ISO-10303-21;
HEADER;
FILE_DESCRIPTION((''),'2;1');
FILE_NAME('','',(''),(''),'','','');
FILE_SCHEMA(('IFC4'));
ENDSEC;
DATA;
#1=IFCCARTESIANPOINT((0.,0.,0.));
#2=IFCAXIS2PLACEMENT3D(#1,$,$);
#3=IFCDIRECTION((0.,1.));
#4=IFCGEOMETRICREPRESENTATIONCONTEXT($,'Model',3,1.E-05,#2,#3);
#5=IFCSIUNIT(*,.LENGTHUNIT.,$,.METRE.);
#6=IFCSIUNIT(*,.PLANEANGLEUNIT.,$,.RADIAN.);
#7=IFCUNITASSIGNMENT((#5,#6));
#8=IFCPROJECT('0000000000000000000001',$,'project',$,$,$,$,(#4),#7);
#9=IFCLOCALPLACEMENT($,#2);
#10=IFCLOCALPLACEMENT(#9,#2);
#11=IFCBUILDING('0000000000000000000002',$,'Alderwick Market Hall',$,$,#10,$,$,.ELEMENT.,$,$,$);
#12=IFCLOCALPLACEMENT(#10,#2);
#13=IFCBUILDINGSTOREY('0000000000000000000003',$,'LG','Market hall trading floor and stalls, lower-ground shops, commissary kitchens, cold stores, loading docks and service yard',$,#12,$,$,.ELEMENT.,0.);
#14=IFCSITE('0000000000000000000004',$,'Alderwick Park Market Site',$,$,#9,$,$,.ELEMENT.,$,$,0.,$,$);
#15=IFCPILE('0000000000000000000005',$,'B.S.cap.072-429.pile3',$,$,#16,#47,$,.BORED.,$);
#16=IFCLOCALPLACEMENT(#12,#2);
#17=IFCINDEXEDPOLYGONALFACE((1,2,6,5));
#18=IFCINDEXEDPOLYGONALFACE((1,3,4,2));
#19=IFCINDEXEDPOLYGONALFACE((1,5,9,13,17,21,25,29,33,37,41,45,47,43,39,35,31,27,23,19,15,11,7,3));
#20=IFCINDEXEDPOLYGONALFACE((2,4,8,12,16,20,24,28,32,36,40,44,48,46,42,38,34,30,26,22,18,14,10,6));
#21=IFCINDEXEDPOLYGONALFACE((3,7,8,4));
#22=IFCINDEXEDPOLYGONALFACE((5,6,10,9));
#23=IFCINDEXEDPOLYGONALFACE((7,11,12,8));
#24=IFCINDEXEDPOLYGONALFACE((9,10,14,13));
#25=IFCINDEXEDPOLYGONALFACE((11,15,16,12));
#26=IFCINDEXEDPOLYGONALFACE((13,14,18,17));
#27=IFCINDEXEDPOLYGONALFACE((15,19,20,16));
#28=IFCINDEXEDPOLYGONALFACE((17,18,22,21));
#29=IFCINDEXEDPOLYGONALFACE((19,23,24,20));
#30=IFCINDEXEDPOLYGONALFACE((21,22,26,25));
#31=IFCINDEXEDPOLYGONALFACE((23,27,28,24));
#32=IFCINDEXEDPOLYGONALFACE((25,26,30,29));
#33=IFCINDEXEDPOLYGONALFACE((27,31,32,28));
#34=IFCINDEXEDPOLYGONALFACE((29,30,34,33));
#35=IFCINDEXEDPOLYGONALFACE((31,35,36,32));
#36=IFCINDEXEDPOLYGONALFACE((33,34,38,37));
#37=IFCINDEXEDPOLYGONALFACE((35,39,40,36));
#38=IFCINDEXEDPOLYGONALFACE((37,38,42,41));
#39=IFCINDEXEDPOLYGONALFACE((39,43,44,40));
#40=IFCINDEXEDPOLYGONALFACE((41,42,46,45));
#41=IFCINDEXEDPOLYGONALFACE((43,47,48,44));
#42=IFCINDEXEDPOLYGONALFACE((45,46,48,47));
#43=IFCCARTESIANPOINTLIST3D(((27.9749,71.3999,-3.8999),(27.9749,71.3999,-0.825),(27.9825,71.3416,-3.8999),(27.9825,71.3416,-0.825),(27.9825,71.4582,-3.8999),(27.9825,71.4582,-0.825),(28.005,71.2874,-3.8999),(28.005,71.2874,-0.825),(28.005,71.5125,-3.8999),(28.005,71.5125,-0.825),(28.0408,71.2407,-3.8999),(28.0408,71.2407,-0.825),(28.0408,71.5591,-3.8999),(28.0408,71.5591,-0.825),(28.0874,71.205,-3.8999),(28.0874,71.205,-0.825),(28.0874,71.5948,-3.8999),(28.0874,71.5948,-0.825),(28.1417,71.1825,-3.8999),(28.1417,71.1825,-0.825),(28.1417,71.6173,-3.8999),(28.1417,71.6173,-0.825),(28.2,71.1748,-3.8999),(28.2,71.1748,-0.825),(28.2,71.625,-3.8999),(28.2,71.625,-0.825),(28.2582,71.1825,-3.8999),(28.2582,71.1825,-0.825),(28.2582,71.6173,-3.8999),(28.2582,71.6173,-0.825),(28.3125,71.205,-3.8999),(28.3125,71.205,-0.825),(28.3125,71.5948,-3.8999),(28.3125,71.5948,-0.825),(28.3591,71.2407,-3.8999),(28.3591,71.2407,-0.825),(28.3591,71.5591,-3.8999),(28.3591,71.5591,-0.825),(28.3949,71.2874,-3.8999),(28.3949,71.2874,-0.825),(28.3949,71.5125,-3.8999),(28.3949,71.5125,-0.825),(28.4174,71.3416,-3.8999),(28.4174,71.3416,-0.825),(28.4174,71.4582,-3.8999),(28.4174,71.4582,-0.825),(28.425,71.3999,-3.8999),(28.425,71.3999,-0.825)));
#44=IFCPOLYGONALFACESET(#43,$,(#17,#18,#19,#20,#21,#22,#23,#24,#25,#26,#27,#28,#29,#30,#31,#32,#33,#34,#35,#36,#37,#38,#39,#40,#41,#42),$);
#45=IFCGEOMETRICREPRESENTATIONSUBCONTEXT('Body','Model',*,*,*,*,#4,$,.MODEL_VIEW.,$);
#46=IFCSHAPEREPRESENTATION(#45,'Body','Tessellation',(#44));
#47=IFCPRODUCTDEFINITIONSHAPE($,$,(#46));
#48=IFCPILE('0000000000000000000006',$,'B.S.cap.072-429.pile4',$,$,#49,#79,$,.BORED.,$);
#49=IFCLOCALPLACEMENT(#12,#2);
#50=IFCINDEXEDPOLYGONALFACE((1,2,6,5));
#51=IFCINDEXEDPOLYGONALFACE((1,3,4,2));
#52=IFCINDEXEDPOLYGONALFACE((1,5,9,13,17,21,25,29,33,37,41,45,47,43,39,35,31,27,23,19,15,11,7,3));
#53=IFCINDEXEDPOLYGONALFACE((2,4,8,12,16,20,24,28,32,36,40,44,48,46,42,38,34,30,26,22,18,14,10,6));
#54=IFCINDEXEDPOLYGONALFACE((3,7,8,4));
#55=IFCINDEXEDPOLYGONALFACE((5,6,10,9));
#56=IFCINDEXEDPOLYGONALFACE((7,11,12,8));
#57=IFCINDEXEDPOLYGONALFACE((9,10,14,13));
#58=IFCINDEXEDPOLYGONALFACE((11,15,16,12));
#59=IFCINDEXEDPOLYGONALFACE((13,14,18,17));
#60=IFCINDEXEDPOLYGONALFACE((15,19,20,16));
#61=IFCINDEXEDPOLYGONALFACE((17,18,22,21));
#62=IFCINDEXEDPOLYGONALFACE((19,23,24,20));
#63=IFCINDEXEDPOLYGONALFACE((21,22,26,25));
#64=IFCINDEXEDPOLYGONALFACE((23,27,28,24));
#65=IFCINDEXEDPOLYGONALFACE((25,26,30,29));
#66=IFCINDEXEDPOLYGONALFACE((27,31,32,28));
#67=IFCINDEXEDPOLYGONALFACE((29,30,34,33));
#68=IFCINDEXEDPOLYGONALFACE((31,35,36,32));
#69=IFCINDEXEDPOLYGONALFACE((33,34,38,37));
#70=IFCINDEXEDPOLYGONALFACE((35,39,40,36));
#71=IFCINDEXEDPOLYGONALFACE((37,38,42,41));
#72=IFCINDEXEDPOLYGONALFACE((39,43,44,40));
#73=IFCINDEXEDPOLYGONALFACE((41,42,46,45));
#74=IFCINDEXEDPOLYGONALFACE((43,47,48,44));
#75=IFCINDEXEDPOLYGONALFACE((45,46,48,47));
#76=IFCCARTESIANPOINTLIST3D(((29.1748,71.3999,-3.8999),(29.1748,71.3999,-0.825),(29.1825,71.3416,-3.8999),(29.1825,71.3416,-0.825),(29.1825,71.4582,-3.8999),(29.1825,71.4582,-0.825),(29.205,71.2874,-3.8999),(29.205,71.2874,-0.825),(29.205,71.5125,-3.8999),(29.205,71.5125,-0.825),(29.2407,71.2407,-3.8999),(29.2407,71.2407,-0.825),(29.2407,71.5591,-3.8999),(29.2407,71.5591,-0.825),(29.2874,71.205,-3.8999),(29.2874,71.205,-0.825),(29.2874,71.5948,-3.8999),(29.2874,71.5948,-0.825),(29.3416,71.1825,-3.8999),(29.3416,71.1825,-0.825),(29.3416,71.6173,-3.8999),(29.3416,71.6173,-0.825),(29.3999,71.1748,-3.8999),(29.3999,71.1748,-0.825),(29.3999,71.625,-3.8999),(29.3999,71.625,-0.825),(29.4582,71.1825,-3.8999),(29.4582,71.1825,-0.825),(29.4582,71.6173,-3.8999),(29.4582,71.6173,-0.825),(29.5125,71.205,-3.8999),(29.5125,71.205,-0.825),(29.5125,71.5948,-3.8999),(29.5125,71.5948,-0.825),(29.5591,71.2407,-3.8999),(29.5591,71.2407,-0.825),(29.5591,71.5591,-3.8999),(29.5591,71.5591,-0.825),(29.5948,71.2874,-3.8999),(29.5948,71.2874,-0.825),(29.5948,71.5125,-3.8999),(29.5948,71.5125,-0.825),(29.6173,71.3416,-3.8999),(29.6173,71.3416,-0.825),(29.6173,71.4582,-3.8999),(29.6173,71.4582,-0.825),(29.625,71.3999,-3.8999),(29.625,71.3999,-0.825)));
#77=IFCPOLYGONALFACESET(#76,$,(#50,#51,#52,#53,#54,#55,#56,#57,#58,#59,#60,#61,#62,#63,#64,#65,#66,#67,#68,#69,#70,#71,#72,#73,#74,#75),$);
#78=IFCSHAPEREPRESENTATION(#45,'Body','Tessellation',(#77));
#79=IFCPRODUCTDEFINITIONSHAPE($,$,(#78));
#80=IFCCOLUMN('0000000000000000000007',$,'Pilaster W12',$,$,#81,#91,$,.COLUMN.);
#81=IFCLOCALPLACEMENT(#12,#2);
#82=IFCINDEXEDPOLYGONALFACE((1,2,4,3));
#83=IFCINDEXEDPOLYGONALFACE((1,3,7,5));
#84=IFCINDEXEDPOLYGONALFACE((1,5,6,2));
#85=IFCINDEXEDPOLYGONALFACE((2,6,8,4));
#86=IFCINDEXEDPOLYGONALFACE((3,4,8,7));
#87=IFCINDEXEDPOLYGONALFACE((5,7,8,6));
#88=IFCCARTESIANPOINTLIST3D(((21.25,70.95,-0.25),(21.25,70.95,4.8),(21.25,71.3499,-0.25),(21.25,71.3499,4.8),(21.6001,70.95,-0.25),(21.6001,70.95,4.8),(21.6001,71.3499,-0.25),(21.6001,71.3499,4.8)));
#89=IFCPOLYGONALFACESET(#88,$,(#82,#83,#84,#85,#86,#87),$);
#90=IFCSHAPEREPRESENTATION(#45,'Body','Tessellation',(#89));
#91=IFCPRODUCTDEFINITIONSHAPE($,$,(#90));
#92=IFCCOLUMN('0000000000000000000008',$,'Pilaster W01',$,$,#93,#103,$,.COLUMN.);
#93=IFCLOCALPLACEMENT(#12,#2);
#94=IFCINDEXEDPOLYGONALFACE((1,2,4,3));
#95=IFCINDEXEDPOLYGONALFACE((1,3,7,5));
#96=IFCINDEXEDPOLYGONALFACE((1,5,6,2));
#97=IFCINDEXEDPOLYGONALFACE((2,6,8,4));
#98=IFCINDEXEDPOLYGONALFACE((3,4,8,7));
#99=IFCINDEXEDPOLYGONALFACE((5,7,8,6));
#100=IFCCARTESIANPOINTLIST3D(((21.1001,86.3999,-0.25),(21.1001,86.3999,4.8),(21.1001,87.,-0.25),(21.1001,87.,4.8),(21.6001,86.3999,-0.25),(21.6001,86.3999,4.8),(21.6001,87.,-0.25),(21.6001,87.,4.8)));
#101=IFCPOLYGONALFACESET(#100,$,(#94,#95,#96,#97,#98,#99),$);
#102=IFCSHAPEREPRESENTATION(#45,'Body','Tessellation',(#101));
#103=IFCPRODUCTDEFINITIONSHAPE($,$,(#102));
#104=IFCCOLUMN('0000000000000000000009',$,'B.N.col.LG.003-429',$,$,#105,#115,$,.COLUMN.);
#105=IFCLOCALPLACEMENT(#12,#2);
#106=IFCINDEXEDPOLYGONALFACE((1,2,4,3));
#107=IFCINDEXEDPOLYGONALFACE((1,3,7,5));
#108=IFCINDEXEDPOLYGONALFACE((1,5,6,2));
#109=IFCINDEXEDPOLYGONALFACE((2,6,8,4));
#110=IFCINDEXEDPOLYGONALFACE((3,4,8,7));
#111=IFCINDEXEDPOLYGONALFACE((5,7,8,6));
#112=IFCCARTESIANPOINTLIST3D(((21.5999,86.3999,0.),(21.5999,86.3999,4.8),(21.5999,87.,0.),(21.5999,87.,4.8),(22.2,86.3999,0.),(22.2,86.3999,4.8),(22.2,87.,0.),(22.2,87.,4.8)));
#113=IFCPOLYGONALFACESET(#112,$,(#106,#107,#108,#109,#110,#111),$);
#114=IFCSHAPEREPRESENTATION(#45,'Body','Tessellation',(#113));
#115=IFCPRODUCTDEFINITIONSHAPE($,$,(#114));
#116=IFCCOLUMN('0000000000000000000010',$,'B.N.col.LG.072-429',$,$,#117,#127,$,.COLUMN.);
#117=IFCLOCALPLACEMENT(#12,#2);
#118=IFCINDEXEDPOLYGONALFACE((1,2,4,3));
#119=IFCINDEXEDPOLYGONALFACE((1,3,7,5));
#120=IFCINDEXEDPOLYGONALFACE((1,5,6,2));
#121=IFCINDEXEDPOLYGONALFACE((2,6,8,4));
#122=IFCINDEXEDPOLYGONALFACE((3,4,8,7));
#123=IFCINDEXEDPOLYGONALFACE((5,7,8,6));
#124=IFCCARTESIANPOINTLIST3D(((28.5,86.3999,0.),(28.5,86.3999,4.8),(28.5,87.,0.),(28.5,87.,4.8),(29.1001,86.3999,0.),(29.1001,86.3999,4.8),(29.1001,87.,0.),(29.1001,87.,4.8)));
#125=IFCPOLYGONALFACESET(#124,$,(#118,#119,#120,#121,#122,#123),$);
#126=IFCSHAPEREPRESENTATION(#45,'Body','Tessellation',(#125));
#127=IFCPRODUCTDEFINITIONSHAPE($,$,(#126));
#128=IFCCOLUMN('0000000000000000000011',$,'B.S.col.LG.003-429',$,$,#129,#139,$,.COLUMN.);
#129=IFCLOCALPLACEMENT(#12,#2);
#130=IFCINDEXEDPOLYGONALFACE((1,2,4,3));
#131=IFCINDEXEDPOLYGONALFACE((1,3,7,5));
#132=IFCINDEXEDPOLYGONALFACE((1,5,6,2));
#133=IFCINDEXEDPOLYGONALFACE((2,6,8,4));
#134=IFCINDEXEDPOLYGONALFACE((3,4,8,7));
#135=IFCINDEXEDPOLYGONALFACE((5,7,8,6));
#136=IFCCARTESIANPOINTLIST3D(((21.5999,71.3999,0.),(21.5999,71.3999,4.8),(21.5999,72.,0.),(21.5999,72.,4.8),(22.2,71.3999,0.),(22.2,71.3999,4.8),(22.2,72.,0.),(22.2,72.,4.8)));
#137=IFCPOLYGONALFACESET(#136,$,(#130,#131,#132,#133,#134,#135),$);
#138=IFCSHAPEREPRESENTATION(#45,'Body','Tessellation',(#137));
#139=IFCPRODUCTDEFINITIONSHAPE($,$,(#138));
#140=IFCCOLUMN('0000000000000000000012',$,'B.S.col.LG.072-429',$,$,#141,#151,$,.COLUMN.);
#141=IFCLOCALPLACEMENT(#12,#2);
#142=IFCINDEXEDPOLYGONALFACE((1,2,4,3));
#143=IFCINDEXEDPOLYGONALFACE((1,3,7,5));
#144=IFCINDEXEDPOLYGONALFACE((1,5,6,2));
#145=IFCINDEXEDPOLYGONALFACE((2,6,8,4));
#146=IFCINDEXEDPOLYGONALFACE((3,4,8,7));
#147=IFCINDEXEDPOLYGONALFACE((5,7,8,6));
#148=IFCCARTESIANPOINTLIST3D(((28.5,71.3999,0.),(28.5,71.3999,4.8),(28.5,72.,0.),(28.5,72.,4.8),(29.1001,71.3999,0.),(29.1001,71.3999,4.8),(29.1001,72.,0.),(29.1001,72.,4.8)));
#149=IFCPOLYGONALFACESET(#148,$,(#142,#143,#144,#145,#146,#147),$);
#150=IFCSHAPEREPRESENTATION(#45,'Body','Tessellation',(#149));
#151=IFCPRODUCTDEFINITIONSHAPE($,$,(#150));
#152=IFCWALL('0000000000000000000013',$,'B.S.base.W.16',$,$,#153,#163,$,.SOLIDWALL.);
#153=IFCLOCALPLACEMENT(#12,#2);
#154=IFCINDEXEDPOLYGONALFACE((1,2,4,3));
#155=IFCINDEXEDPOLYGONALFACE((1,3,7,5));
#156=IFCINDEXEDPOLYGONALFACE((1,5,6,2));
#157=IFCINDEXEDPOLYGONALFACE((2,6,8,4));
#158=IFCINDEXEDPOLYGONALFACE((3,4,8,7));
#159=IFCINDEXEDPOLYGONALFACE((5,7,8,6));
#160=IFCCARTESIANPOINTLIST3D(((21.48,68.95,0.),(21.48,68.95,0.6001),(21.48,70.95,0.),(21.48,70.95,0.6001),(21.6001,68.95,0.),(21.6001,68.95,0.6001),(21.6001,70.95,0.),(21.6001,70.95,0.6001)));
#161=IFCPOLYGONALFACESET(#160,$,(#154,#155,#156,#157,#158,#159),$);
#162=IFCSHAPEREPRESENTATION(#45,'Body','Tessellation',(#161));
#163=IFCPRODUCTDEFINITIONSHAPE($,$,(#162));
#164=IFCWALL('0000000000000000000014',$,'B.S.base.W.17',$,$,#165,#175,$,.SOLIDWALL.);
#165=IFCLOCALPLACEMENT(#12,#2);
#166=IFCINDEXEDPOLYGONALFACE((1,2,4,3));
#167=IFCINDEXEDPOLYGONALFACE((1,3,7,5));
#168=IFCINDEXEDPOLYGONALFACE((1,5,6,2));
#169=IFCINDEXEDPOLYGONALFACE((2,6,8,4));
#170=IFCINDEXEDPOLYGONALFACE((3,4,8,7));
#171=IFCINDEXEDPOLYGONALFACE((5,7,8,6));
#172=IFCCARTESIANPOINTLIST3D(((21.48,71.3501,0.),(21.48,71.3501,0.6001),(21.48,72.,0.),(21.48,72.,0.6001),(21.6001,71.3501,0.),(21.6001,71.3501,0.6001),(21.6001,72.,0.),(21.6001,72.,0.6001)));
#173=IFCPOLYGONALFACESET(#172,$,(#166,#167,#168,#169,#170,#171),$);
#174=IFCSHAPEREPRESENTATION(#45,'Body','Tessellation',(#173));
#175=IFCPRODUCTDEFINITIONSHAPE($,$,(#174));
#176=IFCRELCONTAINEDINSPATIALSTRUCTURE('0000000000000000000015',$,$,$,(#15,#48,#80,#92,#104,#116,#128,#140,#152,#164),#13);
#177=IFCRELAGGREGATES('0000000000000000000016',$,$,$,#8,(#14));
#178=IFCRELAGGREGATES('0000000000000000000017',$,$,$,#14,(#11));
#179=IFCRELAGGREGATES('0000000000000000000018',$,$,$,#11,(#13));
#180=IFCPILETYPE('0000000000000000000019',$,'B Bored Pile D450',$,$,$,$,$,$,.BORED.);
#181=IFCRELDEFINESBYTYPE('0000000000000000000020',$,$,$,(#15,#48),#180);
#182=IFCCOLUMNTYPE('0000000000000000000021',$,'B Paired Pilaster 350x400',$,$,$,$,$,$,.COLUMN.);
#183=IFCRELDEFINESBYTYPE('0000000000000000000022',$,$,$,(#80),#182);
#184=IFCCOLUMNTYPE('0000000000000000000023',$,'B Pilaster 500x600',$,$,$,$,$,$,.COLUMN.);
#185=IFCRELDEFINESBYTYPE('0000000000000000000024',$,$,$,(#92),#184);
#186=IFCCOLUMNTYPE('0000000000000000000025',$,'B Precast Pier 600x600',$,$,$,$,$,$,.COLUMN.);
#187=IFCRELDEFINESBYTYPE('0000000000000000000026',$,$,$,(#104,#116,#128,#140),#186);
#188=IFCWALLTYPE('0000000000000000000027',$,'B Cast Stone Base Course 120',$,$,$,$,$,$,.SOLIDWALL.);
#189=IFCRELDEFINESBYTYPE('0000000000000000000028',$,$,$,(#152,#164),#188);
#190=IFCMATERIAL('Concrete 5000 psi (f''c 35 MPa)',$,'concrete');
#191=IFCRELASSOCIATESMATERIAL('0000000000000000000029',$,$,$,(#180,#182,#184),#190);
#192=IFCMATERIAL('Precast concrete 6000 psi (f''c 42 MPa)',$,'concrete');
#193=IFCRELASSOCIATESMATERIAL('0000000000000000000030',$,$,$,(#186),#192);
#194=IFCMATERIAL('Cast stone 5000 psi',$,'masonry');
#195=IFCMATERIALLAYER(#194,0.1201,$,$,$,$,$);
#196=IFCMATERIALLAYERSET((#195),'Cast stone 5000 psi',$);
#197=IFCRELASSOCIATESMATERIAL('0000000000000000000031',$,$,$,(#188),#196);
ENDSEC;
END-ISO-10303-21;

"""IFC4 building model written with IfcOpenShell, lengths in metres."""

from ifc_helpers import new_model, si_unit, direction, frame, frame_2d, origin, origin_2d, place, context, subcontext, project, spatial, rectangle, circle, extrude, material, layer, layer_set, material_profile, profile_set, type_object, element, save


model = new_model("IFC4")

# Units and contexts
model_context = context("Model", 3, precision=1e-05, world=origin(), true_north=direction((0.0, 1.0)))
body_context = subcontext(model_context, "Body", "Model", "MODEL_VIEW")
ifc_project = project(units=[si_unit("LENGTHUNIT", "METRE"), si_unit("PLANEANGLEUNIT", "RADIAN")], contexts=[model_context])

# Site, building, storey
site_placement = place(None, origin())
site = spatial("IfcSite", under=ifc_project, at=site_placement, Name="Alderwick Park Market Site", CompositionType="ELEMENT", RefElevation=0.0)
building_placement = place(site_placement, origin())
building = spatial("IfcBuilding", under=site, at=building_placement, Name="Alderwick Market Hall", CompositionType="ELEMENT")
storey_placement = place(building_placement, origin())
storey = spatial("IfcBuildingStorey", under=building, at=storey_placement, Name="LG", Description="Market hall trading floor and stalls, lower-ground shops, commissary kitchens, cold stores, loading docks and service yard", CompositionType="ELEMENT", Elevation=0.0)

# Piles
ifc_material_1 = material(Name="Concrete 5000 psi (f'c 35 MPa)", Category="concrete")
ifc_material_profile_1 = material_profile(ifc_material_1, circle(Radius=0.2251, at=origin_2d()), Name="B Bored Pile D450")
ifc_profile_set_1 = profile_set([ifc_material_profile_1], Name="Concrete 5000 psi (f'c 35 MPa)")
pile_type = type_object("IfcPileType", Name="B Bored Pile D450", PredefinedType="BORED", material=ifc_profile_set_1)
for number, where, z_axis, x_axis, name in (
    (1, (28.2, 71.3999, -0.825), (0.0, 0.0, -1.0), (1.0, 0.0, 0.0), "B.S.cap.072-429.pile3"),
    (2, (29.3999, 71.3999, -0.825), (0.0, 0.0, -1.0), (1.0, 0.0, 0.0), "B.S.cap.072-429.pile4"),
):
    element("IfcPile", number, at=place(storey_placement, frame(where, z_axis=z_axis, x_axis=x_axis)), inside=storey, type_object=pile_type, Name=name, PredefinedType="BORED", context=body_context, shape_type="SweptSolid", body=[
        extrude(circle(Radius=0.2251, at=origin_2d()), origin(), (0.0, 0.0, 1.0), 3.075),
    ])

# Columns
ifc_material_profile_2 = material_profile(ifc_material_1, rectangle(XDim=0.3501, YDim=0.3999, at=origin_2d()), Name="B Paired Pilaster 350x400")
ifc_profile_set_2 = profile_set([ifc_material_profile_2], Name="Concrete 5000 psi (f'c 35 MPa)")
column_type_1 = type_object("IfcColumnType", Name="B Paired Pilaster 350x400", PredefinedType="COLUMN", material=ifc_profile_set_2)
column_1_placement = place(storey_placement, frame((21.425, 71.1499, -0.25), z_axis=(0.0, 0.0, 1.0), x_axis=(1.0, 0.0, 0.0)))
element("IfcColumn", 3, at=column_1_placement, inside=storey, type_object=column_type_1, Name="Pilaster W12", PredefinedType="COLUMN", context=body_context, shape_type="SweptSolid", body=[
    extrude(rectangle(XDim=0.3501, YDim=0.3999, at=origin_2d()), origin(), (0.0, 0.0, 1.0), 5.05),
])
ifc_material_profile_3 = material_profile(ifc_material_1, rectangle(XDim=0.5, YDim=0.6001, at=origin_2d()), Name="B Pilaster 500x600")
ifc_profile_set_3 = profile_set([ifc_material_profile_3], Name="Concrete 5000 psi (f'c 35 MPa)")
column_type_2 = type_object("IfcColumnType", Name="B Pilaster 500x600", PredefinedType="COLUMN", material=ifc_profile_set_3)
column_2_placement = place(storey_placement, frame((21.3501, 86.7, -0.25), z_axis=(0.0, 0.0, 1.0), x_axis=(1.0, 0.0, 0.0)))
element("IfcColumn", 4, at=column_2_placement, inside=storey, type_object=column_type_2, Name="Pilaster W01", PredefinedType="COLUMN", context=body_context, shape_type="SweptSolid", body=[
    extrude(rectangle(XDim=0.5, YDim=0.6001, at=origin_2d()), origin(), (0.0, 0.0, 1.0), 5.05),
])
ifc_material_2 = material(Name="Precast concrete 6000 psi (f'c 42 MPa)", Category="concrete")
ifc_material_profile_4 = material_profile(ifc_material_2, rectangle(XDim=0.6001, YDim=0.6001, at=origin_2d()), Name="B Precast Pier 600x600")
ifc_profile_set_4 = profile_set([ifc_material_profile_4], Name="Precast concrete 6000 psi (f'c 42 MPa)")
column_type_3 = type_object("IfcColumnType", Name="B Precast Pier 600x600", PredefinedType="COLUMN", material=ifc_profile_set_4)
for number, where, z_axis, x_axis, name in (
    (5, (21.8999, 86.7, 0.0), (0.0, 0.0, 1.0), (1.0, 0.0, 0.0), "B.N.col.LG.003-429"),
    (6, (28.8, 86.7, 0.0), (0.0, 0.0, 1.0), (1.0, 0.0, 0.0), "B.N.col.LG.072-429"),
    (7, (21.8999, 71.7, 0.0), (0.0, 0.0, 1.0), (1.0, 0.0, 0.0), "B.S.col.LG.003-429"),
    (8, (28.8, 71.7, 0.0), (0.0, 0.0, 1.0), (1.0, 0.0, 0.0), "B.S.col.LG.072-429"),
):
    element("IfcColumn", number, at=place(storey_placement, frame(where, z_axis=z_axis, x_axis=x_axis)), inside=storey, type_object=column_type_3, Name=name, PredefinedType="COLUMN", context=body_context, shape_type="SweptSolid", body=[
        extrude(rectangle(XDim=0.6001, YDim=0.6001, at=origin_2d()), origin(), (0.0, 0.0, 1.0), 4.8),
    ])

# Walls
ifc_material_3 = material(Name="Cast stone 5000 psi", Category="masonry")
ifc_layer_1 = layer(ifc_material_3, 0.1201)
ifc_layer_set_1 = layer_set([ifc_layer_1], Name="Cast stone 5000 psi")
wall_type_1 = type_object("IfcWallType", Name="B Cast Stone Base Course 120", PredefinedType="SOLIDWALL", material=ifc_layer_set_1)
wall_1_placement = place(storey_placement, frame((21.54, 68.95, 0.0), z_axis=(0.0, 0.0, 1.0), x_axis=(0.0, 1.0, 0.0)))
element("IfcWall", 9, at=wall_1_placement, inside=storey, type_object=wall_type_1, Name="B.S.base.W.16", PredefinedType="SOLIDWALL", context=body_context, shape_type="SweptSolid", body=[
    extrude(rectangle(XDim=2.0, YDim=0.1201, at=frame_2d((1.0, 0.0))), origin(), (0.0, 0.0, 1.0), 0.6001),
])
wall_2_placement = place(storey_placement, frame((21.54, 71.3501, 0.0), z_axis=(0.0, 0.0, 1.0), x_axis=(0.0, 1.0, 0.0)))
element("IfcWall", 10, at=wall_2_placement, inside=storey, type_object=wall_type_1, Name="B.S.base.W.17", PredefinedType="SOLIDWALL", context=body_context, shape_type="SweptSolid", body=[
    extrude(rectangle(XDim=0.6499, YDim=0.1201, at=frame_2d((0.325, 0.0))), origin(), (0.0, 0.0, 1.0), 0.6001),
])

save(model, "model.ifc")
